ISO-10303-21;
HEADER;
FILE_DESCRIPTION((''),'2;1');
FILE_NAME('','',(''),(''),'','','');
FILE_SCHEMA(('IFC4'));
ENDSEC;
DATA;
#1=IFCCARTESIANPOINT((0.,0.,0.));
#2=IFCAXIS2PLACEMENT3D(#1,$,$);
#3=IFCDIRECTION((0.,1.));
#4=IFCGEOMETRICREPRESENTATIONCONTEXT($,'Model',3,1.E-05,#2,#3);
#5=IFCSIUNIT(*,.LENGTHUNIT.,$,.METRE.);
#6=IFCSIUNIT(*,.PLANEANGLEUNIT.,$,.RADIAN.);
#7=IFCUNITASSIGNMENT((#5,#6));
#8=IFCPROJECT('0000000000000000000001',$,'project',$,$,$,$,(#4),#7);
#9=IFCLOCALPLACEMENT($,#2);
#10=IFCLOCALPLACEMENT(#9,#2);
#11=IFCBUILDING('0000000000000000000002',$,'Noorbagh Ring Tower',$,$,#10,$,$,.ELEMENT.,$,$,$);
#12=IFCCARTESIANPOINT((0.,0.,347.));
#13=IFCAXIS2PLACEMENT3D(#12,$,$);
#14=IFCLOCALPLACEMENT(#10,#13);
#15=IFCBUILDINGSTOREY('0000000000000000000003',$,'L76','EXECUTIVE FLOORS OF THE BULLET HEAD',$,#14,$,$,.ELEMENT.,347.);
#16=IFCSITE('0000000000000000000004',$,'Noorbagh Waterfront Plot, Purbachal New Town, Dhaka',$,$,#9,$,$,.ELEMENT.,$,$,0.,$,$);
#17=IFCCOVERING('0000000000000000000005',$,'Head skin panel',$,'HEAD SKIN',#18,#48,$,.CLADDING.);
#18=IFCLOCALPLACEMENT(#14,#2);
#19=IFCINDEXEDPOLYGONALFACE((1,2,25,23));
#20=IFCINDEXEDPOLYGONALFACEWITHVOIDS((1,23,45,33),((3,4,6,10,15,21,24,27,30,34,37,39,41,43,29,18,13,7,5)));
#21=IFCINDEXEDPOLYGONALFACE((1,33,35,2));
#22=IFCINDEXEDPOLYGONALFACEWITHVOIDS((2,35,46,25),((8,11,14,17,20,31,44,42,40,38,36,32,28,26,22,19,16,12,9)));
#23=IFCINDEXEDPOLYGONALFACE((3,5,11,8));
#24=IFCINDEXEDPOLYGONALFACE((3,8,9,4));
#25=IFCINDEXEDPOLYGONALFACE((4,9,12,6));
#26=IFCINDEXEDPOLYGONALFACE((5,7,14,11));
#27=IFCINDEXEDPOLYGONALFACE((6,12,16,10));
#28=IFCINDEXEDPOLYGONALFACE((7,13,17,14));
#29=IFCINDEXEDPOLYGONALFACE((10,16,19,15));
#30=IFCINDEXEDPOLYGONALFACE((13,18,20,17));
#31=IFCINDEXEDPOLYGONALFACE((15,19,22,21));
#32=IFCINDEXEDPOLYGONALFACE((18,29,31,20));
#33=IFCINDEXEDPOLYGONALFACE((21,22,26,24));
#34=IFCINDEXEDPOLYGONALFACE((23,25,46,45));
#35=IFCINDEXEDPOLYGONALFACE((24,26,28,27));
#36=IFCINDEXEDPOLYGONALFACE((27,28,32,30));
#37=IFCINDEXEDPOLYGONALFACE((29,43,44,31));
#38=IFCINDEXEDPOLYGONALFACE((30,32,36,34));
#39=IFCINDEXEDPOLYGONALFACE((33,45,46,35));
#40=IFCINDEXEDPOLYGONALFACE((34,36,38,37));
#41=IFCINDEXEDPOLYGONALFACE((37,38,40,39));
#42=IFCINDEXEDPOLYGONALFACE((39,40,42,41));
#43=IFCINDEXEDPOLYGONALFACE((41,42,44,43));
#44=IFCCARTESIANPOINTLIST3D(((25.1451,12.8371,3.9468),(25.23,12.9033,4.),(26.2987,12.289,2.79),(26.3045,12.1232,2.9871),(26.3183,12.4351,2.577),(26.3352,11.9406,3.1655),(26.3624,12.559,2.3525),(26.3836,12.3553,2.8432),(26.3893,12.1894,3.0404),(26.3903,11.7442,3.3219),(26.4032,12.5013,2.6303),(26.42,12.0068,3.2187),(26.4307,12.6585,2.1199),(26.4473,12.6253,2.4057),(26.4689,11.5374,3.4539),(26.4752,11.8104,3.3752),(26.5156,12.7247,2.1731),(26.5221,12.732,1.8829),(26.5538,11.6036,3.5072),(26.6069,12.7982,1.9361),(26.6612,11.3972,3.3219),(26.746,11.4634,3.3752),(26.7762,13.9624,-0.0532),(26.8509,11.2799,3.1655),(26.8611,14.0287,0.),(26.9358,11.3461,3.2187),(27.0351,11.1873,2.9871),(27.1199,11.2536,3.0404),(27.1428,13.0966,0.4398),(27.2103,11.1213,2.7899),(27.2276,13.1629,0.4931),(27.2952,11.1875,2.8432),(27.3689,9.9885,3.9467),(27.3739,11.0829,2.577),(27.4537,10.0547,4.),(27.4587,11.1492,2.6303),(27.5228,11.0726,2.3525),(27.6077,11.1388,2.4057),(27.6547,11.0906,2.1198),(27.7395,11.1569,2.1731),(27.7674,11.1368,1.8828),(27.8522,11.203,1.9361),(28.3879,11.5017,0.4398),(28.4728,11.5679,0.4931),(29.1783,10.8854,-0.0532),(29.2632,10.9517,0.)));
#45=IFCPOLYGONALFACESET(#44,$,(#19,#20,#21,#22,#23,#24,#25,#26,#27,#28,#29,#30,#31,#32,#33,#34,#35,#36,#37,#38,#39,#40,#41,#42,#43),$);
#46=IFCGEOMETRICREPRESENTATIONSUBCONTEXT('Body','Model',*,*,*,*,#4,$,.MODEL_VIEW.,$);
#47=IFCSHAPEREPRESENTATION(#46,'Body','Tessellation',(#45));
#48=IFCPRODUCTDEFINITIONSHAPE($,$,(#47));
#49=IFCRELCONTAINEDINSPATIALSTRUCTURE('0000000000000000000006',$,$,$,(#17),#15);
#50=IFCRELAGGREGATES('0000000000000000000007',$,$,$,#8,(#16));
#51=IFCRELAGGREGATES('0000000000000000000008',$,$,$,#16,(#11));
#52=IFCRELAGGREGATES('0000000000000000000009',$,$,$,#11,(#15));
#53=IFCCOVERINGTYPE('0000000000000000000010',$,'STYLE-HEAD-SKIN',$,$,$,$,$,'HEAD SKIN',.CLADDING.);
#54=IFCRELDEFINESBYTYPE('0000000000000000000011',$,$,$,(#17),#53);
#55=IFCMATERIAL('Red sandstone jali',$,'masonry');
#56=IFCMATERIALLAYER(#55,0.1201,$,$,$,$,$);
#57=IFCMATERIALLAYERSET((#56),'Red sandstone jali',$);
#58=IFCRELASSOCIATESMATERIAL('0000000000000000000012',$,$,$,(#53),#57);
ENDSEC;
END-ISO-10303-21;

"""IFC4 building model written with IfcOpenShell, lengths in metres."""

from ifc_helpers import new_model, si_unit, direction, frame, origin, place, context, subcontext, project, spatial, polyline, outline, extrude, material, layer, layer_set, type_object, element, save


model = new_model("IFC4")

# Units and contexts
model_context = context("Model", 3, precision=1e-05, world=origin(), true_north=direction((0.0, 1.0)))
body_context = subcontext(model_context, "Body", "Model", "MODEL_VIEW")
ifc_project = project(units=[si_unit("LENGTHUNIT", "METRE"), si_unit("PLANEANGLEUNIT", "RADIAN")], contexts=[model_context])

# Site, building, storey
site_placement = place(None, origin())
site = spatial("IfcSite", under=ifc_project, at=site_placement, Name="Noorbagh Waterfront Plot, Purbachal New Town, Dhaka", CompositionType="ELEMENT", RefElevation=0.0)
building_placement = place(site_placement, origin())
building = spatial("IfcBuilding", under=site, at=building_placement, Name="Noorbagh Ring Tower", CompositionType="ELEMENT")
storey_placement = place(building_placement, frame((0.0, 0.0, 347.0)))
storey = spatial("IfcBuildingStorey", under=building, at=storey_placement, Name="L76", Description="EXECUTIVE FLOORS OF THE BULLET HEAD", CompositionType="ELEMENT", Elevation=347.0)

# Covering
ifc_material_1 = material(Name="Red sandstone jali", Category="masonry")
ifc_layer_1 = layer(ifc_material_1, 0.1201)
ifc_layer_set_1 = layer_set([ifc_layer_1], Name="Red sandstone jali")
covering_type_1 = type_object("IfcCoveringType", Name="STYLE-HEAD-SKIN", ElementType="HEAD SKIN", PredefinedType="CLADDING", material=ifc_layer_set_1)
covering_1_placement = place(storey_placement, frame((29.2632, 10.9517, 0.0), z_axis=(0.706568, 0.551578, 0.44331), x_axis=(-0.615351, 0.788253, 0.000011)))
element("IfcCovering", 1, at=covering_1_placement, inside=storey, type_object=covering_type_1, Name="Head skin panel", ObjectType="HEAD SKIN", PredefinedType="CLADDING", context=body_context, shape_type="SweptSolid", body=[
    extrude(outline(polyline([(0.0, 0.0), (3.9036, 0.0), (4.0203, 4.4624), (0.4065, 4.4624), (0.0, 0.0)]), holes=[polyline([(0.9722, 0.55), (1.0664, 2.1599), (1.0994, 2.4243), (1.1663, 2.6838), (1.2661, 2.9343), (1.397, 3.1719), (1.5569, 3.3918), (1.7432, 3.5908), (1.9524, 3.7654), (2.1812, 3.9126), (2.3926, 3.7654), (2.5813, 3.5908), (2.7441, 3.3918), (2.8784, 3.1719), (2.9814, 2.9343), (3.052, 2.6838), (3.0884, 2.4243), (3.0901, 2.1599), (2.9956, 0.55), (0.9722, 0.55)])]), origin(), (0.0, 0.0, -1.0), 0.1201),
])

save(model, "model.ifc")
